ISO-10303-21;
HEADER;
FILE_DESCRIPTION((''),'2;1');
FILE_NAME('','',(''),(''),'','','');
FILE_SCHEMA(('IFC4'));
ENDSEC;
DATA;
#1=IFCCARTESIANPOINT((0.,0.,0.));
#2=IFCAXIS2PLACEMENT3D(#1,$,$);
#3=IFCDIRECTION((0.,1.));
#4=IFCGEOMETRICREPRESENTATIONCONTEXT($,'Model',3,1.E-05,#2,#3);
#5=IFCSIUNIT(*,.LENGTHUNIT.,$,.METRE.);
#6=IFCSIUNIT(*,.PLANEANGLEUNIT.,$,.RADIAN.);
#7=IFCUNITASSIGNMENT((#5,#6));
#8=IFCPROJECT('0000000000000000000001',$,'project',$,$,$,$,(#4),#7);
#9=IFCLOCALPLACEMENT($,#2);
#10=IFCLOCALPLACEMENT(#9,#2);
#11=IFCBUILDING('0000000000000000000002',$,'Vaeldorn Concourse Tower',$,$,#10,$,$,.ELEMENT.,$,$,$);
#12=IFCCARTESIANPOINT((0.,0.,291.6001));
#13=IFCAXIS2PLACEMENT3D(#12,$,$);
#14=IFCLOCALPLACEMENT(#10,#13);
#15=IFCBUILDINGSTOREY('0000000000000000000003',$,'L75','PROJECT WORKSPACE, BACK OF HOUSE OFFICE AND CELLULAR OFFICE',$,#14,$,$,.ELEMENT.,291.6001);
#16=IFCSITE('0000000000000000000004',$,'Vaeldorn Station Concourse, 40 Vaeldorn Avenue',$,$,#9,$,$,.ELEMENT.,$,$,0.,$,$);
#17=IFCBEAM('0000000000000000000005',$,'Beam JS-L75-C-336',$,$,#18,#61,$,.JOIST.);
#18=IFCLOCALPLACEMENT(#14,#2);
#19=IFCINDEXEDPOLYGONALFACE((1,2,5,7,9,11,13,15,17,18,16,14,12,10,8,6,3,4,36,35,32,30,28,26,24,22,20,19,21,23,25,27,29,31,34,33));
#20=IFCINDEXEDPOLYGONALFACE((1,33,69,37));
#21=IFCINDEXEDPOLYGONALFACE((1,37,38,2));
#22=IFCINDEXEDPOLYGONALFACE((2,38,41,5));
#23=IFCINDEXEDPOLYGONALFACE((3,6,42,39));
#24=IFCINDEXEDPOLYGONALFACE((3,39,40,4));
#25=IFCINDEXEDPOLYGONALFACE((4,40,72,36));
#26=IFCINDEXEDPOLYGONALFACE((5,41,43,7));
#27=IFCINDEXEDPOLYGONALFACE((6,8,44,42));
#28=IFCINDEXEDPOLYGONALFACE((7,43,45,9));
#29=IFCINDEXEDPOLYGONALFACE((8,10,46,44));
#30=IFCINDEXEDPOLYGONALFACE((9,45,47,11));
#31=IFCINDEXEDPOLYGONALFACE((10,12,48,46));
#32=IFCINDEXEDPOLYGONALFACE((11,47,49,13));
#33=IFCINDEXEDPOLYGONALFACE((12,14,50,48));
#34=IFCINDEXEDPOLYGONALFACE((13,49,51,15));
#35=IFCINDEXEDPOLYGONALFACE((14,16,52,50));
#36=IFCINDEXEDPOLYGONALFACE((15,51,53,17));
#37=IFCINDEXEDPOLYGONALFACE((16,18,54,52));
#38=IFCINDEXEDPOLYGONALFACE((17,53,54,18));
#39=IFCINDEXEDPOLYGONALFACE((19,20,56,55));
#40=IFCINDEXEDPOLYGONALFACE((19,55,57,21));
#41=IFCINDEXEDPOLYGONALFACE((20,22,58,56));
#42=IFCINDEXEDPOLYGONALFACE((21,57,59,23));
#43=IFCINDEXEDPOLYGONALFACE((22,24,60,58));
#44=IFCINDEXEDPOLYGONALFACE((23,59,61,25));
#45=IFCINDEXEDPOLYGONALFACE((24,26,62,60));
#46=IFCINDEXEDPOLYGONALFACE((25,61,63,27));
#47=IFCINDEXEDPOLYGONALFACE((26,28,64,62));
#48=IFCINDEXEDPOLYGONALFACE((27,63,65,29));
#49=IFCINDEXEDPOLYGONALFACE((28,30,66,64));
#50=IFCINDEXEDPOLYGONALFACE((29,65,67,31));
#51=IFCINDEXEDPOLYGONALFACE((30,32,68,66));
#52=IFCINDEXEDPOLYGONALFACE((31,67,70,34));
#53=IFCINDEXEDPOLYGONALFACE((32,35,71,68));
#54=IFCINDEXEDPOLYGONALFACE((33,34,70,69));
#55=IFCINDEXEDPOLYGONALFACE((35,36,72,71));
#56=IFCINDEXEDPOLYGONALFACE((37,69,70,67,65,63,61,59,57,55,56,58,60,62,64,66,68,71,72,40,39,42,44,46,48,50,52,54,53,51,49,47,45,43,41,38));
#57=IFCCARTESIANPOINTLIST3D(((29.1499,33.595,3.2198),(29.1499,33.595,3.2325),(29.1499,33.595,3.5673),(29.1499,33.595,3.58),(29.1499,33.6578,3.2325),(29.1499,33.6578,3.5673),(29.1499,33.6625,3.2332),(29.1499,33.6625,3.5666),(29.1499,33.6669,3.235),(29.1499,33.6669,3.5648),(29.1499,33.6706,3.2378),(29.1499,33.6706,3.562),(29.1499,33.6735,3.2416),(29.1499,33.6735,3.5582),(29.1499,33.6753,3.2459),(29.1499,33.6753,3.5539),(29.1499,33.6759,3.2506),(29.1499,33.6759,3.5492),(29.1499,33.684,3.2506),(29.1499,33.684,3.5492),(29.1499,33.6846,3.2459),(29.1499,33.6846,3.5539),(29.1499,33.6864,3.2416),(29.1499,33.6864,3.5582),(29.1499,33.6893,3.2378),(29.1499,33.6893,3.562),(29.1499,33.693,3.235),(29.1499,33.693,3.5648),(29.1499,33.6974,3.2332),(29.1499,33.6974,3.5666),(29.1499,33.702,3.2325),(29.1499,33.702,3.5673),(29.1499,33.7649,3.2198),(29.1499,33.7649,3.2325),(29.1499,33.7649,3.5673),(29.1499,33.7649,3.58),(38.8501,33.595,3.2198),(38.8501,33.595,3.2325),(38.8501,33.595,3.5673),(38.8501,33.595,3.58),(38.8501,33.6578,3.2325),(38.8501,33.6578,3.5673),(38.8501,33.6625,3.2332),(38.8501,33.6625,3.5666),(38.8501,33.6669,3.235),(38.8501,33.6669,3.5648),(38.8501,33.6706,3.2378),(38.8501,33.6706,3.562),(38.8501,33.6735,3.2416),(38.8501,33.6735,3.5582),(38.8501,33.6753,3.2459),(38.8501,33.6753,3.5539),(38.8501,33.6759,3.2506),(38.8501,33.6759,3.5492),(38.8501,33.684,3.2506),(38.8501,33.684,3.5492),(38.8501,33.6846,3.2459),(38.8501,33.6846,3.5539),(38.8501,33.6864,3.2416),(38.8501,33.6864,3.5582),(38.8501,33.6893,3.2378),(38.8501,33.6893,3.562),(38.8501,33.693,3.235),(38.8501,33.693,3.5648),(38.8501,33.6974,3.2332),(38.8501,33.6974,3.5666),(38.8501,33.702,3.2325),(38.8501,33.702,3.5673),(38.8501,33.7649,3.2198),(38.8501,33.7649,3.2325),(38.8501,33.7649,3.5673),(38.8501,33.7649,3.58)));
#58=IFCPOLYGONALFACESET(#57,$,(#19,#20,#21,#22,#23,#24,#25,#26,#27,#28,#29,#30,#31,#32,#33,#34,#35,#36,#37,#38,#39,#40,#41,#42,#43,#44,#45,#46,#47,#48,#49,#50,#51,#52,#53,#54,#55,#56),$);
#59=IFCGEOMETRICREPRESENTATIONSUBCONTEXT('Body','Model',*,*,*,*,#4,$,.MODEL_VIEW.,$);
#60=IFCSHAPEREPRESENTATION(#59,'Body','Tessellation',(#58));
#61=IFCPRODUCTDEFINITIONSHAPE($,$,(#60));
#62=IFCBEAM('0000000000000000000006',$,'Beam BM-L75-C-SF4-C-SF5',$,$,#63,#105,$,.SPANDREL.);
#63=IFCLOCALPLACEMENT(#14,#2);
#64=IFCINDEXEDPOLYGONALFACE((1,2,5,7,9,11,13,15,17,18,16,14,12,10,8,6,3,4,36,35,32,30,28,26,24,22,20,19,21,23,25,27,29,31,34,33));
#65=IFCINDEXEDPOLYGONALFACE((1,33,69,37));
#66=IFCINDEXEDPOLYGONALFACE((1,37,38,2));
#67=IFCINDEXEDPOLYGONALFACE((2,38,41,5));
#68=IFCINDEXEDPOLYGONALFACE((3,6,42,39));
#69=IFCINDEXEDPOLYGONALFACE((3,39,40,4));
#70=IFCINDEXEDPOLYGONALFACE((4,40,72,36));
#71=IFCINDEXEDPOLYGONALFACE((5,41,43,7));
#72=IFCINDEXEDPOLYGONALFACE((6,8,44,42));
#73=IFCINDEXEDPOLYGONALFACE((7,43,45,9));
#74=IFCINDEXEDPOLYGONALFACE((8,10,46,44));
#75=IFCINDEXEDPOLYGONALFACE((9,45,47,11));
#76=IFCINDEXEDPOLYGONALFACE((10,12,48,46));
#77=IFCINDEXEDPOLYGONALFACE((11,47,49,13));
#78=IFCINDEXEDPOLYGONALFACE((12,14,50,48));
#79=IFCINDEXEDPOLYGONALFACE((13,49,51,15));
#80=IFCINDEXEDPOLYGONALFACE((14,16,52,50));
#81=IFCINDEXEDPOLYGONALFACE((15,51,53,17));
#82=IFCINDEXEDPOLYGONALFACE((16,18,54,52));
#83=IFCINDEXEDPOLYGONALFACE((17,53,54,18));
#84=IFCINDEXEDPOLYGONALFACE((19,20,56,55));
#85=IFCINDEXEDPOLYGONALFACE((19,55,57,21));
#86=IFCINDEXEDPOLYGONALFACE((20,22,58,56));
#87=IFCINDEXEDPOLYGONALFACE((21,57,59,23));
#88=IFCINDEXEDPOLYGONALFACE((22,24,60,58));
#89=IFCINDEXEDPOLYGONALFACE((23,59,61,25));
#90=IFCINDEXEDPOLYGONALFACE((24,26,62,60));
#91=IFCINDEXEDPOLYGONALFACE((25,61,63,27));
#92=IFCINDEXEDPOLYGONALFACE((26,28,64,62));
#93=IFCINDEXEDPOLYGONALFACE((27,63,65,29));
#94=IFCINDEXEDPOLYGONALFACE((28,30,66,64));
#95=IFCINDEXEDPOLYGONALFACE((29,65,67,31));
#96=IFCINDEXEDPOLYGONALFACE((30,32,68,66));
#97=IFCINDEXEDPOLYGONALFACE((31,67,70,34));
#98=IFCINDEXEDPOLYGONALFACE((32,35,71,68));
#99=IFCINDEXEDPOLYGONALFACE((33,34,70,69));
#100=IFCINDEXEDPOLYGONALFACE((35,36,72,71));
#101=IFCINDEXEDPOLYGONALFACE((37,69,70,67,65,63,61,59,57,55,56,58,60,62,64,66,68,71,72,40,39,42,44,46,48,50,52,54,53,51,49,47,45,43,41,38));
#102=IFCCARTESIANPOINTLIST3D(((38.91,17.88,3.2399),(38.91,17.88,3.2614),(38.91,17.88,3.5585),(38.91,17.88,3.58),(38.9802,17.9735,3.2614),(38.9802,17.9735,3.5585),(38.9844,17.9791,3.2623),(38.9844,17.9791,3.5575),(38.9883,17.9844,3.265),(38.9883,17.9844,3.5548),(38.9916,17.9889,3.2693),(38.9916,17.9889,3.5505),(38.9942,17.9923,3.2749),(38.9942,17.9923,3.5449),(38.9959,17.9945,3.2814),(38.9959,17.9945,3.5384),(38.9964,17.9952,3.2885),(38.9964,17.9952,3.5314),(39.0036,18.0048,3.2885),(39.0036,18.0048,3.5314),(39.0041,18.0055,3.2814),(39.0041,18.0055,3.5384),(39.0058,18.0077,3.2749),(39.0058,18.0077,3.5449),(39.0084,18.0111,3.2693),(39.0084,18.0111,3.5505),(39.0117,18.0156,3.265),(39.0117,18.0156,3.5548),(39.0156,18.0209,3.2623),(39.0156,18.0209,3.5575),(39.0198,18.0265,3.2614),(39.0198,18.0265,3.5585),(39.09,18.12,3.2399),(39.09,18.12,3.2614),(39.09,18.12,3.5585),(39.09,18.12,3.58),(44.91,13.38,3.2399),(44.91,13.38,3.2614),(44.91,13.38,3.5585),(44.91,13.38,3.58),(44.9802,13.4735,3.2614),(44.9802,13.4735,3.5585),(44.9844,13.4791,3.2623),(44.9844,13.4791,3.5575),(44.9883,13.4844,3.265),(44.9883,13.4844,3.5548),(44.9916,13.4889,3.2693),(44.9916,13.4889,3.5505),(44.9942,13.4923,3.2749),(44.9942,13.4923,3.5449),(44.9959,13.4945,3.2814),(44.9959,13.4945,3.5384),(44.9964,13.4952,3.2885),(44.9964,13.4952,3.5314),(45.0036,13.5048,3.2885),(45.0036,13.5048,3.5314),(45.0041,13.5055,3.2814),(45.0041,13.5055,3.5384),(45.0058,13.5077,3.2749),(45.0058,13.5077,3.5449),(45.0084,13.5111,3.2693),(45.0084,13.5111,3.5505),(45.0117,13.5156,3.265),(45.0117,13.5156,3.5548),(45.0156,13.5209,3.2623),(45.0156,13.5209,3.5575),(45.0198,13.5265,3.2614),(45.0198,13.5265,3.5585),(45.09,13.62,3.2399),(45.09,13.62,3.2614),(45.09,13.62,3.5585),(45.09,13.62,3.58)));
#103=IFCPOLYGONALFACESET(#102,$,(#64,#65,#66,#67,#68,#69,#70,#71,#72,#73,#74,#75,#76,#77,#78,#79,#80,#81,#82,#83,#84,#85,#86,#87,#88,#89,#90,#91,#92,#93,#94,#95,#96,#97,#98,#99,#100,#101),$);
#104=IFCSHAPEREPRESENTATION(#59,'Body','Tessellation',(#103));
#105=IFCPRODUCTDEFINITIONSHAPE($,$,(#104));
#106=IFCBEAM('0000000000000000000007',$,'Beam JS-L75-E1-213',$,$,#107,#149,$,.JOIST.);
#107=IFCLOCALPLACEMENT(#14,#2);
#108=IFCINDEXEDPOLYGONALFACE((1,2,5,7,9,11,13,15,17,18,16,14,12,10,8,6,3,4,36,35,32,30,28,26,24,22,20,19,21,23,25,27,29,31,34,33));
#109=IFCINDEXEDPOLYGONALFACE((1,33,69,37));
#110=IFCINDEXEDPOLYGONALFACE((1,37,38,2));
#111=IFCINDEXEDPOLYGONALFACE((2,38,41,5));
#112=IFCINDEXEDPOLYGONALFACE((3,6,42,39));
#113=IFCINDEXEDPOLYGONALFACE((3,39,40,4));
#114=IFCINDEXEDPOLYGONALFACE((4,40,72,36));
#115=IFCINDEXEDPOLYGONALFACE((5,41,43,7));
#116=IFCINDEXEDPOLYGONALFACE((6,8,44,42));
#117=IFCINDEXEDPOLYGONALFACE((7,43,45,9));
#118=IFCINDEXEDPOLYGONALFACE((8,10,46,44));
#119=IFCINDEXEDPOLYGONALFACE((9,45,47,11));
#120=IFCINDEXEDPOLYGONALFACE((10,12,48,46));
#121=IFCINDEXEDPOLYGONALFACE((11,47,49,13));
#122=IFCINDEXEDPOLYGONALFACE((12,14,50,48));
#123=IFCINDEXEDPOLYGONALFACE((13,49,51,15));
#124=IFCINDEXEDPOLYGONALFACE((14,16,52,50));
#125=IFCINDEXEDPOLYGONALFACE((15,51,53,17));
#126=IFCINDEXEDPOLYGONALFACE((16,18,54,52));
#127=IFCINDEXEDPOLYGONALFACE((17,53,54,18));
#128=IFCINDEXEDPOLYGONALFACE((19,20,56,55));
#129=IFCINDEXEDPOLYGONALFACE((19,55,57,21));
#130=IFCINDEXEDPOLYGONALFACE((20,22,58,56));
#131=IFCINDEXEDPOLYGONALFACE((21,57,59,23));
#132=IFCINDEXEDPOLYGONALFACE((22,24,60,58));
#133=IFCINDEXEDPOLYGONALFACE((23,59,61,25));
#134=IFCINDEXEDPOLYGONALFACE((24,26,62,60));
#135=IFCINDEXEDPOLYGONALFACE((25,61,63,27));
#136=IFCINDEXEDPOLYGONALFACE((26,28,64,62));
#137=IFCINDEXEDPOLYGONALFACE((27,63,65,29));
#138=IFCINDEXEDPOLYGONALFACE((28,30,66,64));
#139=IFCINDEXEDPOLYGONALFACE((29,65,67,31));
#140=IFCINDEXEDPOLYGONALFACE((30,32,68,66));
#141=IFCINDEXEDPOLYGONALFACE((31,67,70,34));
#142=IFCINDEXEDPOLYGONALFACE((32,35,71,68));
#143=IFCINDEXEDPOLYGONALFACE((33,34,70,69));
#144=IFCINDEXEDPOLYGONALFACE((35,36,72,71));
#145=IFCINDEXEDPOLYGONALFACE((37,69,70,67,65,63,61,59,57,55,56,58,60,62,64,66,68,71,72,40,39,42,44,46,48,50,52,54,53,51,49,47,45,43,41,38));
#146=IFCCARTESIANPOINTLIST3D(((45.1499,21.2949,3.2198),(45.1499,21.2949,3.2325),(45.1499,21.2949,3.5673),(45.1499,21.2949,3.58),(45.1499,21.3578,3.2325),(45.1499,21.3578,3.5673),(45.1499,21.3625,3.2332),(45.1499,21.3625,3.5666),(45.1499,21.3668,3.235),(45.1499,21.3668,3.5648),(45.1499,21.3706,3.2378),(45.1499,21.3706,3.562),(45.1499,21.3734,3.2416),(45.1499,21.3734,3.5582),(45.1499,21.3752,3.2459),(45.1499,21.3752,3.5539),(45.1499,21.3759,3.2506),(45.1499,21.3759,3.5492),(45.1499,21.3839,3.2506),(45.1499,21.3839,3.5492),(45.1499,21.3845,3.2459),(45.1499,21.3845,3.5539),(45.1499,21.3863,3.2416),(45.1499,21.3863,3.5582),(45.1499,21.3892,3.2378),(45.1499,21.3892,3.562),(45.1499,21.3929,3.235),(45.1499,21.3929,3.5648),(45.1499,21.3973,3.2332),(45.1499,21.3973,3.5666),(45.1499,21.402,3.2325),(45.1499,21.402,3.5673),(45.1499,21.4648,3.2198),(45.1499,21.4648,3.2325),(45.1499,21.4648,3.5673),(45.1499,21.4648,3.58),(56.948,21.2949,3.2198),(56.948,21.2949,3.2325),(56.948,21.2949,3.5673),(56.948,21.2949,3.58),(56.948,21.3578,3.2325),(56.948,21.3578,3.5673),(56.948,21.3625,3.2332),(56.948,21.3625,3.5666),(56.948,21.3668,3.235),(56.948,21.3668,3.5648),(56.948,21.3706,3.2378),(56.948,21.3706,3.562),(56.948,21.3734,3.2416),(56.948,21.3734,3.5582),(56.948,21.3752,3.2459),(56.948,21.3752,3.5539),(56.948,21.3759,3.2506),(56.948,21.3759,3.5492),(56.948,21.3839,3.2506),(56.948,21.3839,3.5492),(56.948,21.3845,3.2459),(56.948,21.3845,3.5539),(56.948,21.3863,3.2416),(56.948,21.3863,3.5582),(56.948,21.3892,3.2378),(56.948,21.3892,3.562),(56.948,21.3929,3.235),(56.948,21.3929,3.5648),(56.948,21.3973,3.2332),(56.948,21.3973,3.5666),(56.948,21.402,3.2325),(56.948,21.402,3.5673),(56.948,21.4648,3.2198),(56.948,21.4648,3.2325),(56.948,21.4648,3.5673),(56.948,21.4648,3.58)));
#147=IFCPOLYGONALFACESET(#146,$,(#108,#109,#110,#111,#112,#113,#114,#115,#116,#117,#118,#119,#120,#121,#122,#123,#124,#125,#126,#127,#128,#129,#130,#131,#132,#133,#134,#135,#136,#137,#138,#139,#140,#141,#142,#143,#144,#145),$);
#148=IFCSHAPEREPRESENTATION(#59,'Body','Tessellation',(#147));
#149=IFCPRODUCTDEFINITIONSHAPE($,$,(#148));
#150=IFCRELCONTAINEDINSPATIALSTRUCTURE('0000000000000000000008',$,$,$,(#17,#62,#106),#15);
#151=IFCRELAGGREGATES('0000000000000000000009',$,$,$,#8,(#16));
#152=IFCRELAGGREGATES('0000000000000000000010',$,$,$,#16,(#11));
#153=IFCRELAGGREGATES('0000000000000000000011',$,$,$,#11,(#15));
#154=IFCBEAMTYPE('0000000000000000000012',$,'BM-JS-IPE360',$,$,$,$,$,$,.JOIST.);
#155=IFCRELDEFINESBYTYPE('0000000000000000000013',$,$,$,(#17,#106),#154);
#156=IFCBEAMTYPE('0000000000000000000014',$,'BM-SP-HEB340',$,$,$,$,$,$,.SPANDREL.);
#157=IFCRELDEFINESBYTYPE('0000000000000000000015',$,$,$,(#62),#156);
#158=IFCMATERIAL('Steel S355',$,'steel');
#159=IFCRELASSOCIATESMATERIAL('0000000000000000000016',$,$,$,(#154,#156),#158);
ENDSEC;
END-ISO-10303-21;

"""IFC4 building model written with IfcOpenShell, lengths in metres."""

from ifc_helpers import new_model, si_unit, direction, frame, origin, origin_2d, place, context, subcontext, project, spatial, i_section, extrude, source, transform, mapped, material, material_profile, profile_set, type_object, element, save


model = new_model("IFC4")

# Units and contexts
model_context = context("Model", 3, precision=1e-05, world=origin(), true_north=direction((0.0, 1.0)))
body_context = subcontext(model_context, "Body", "Model", "MODEL_VIEW")
ifc_project = project(units=[si_unit("LENGTHUNIT", "METRE"), si_unit("PLANEANGLEUNIT", "RADIAN")], contexts=[model_context])

# Site, building, storey
site_placement = place(None, origin())
site = spatial("IfcSite", under=ifc_project, at=site_placement, Name="Vaeldorn Station Concourse, 40 Vaeldorn Avenue", CompositionType="ELEMENT", RefElevation=0.0)
building_placement = place(site_placement, origin())
building = spatial("IfcBuilding", under=site, at=building_placement, Name="Vaeldorn Concourse Tower", CompositionType="ELEMENT")
storey_placement = place(building_placement, frame((0.0, 0.0, 291.6001)))
storey = spatial("IfcBuildingStorey", under=building, at=storey_placement, Name="L75", Description="PROJECT WORKSPACE, BACK OF HOUSE OFFICE AND CELLULAR OFFICE", CompositionType="ELEMENT", Elevation=291.6001)

# Shared definitions
ifc_material_1 = material(Name="Steel S355", Category="steel")

# Beams
ifc_material_profile_1 = material_profile(ifc_material_1, i_section(OverallWidth=0.1699, OverallDepth=0.3601, WebThickness=0.0081, FlangeThickness=0.0127, FilletRadius=0.0181, at=origin_2d()), Name="IPE 360")
ifc_profile_set_1 = profile_set([ifc_material_profile_1], Name="Steel S355")
beam_type_1 = type_object("IfcBeamType", Name="BM-JS-IPE360", PredefinedType="JOIST", material=ifc_profile_set_1)
shared_shape_1 = source(origin(), body_context, "Body", "SweptSolid", [
    extrude(i_section(OverallWidth=0.1699, OverallDepth=0.3601, WebThickness=0.0081, FlangeThickness=0.0127, FilletRadius=0.0181, at=origin_2d()), origin(), (0.0, 0.0, 1.0), 9.7002),
])
beam_1_placement = place(storey_placement, frame((29.1499, 33.6799, 3.3999), z_axis=(1.0, 0.0, 0.0), x_axis=(0.0, 1.0, 0.0)))
element("IfcBeam", 1, at=beam_1_placement, inside=storey, type_object=beam_type_1, Name="Beam JS-L75-C-336", PredefinedType="JOIST", context=body_context, shape_type="MappedRepresentation", body=[
    mapped(shared_shape_1, transform((0.0, 0.0, 0.0), scale=1.0)),
])
ifc_material_profile_2 = material_profile(ifc_material_1, i_section(OverallWidth=0.3, OverallDepth=0.3401, WebThickness=0.012, FlangeThickness=0.0215, FilletRadius=0.0271, at=origin_2d()), Name="HEB 340")
ifc_profile_set_2 = profile_set([ifc_material_profile_2], Name="Steel S355")
beam_type_2 = type_object("IfcBeamType", Name="BM-SP-HEB340", PredefinedType="SPANDREL", material=ifc_profile_set_2)
shared_shape_2 = source(origin(), body_context, "Body", "SweptSolid", [
    extrude(i_section(OverallWidth=0.3, OverallDepth=0.3401, WebThickness=0.012, FlangeThickness=0.0215, FilletRadius=0.0271, at=origin_2d()), origin(), (0.0, 0.0, 1.0), 7.5),
])
beam_2_placement = place(storey_placement, frame((39.0, 18.0, 3.4099), z_axis=(0.8, -0.6, 0.0), x_axis=(0.6, 0.8, 0.0)))
element("IfcBeam", 2, at=beam_2_placement, inside=storey, type_object=beam_type_2, Name="Beam BM-L75-C-SF4-C-SF5", PredefinedType="SPANDREL", context=body_context, shape_type="MappedRepresentation", body=[
    mapped(shared_shape_2, transform((0.0, 0.0, 0.0), scale=1.0)),
])
shared_shape_3 = source(origin(), body_context, "Body", "SweptSolid", [
    extrude(i_section(OverallWidth=0.1699, OverallDepth=0.3601, WebThickness=0.0081, FlangeThickness=0.0127, FilletRadius=0.0181, at=origin_2d()), origin(), (0.0, 0.0, 1.0), 11.7981),
])
beam_3_placement = place(storey_placement, frame((45.1499, 21.3799, 3.3999), z_axis=(1.0, 0.0, 0.0), x_axis=(0.0, 1.0, 0.0)))
element("IfcBeam", 3, at=beam_3_placement, inside=storey, type_object=beam_type_1, Name="Beam JS-L75-E1-213", PredefinedType="JOIST", context=body_context, shape_type="MappedRepresentation", body=[
    mapped(shared_shape_3, transform((0.0, 0.0, 0.0), scale=1.0)),
])

save(model, "model.ifc")
